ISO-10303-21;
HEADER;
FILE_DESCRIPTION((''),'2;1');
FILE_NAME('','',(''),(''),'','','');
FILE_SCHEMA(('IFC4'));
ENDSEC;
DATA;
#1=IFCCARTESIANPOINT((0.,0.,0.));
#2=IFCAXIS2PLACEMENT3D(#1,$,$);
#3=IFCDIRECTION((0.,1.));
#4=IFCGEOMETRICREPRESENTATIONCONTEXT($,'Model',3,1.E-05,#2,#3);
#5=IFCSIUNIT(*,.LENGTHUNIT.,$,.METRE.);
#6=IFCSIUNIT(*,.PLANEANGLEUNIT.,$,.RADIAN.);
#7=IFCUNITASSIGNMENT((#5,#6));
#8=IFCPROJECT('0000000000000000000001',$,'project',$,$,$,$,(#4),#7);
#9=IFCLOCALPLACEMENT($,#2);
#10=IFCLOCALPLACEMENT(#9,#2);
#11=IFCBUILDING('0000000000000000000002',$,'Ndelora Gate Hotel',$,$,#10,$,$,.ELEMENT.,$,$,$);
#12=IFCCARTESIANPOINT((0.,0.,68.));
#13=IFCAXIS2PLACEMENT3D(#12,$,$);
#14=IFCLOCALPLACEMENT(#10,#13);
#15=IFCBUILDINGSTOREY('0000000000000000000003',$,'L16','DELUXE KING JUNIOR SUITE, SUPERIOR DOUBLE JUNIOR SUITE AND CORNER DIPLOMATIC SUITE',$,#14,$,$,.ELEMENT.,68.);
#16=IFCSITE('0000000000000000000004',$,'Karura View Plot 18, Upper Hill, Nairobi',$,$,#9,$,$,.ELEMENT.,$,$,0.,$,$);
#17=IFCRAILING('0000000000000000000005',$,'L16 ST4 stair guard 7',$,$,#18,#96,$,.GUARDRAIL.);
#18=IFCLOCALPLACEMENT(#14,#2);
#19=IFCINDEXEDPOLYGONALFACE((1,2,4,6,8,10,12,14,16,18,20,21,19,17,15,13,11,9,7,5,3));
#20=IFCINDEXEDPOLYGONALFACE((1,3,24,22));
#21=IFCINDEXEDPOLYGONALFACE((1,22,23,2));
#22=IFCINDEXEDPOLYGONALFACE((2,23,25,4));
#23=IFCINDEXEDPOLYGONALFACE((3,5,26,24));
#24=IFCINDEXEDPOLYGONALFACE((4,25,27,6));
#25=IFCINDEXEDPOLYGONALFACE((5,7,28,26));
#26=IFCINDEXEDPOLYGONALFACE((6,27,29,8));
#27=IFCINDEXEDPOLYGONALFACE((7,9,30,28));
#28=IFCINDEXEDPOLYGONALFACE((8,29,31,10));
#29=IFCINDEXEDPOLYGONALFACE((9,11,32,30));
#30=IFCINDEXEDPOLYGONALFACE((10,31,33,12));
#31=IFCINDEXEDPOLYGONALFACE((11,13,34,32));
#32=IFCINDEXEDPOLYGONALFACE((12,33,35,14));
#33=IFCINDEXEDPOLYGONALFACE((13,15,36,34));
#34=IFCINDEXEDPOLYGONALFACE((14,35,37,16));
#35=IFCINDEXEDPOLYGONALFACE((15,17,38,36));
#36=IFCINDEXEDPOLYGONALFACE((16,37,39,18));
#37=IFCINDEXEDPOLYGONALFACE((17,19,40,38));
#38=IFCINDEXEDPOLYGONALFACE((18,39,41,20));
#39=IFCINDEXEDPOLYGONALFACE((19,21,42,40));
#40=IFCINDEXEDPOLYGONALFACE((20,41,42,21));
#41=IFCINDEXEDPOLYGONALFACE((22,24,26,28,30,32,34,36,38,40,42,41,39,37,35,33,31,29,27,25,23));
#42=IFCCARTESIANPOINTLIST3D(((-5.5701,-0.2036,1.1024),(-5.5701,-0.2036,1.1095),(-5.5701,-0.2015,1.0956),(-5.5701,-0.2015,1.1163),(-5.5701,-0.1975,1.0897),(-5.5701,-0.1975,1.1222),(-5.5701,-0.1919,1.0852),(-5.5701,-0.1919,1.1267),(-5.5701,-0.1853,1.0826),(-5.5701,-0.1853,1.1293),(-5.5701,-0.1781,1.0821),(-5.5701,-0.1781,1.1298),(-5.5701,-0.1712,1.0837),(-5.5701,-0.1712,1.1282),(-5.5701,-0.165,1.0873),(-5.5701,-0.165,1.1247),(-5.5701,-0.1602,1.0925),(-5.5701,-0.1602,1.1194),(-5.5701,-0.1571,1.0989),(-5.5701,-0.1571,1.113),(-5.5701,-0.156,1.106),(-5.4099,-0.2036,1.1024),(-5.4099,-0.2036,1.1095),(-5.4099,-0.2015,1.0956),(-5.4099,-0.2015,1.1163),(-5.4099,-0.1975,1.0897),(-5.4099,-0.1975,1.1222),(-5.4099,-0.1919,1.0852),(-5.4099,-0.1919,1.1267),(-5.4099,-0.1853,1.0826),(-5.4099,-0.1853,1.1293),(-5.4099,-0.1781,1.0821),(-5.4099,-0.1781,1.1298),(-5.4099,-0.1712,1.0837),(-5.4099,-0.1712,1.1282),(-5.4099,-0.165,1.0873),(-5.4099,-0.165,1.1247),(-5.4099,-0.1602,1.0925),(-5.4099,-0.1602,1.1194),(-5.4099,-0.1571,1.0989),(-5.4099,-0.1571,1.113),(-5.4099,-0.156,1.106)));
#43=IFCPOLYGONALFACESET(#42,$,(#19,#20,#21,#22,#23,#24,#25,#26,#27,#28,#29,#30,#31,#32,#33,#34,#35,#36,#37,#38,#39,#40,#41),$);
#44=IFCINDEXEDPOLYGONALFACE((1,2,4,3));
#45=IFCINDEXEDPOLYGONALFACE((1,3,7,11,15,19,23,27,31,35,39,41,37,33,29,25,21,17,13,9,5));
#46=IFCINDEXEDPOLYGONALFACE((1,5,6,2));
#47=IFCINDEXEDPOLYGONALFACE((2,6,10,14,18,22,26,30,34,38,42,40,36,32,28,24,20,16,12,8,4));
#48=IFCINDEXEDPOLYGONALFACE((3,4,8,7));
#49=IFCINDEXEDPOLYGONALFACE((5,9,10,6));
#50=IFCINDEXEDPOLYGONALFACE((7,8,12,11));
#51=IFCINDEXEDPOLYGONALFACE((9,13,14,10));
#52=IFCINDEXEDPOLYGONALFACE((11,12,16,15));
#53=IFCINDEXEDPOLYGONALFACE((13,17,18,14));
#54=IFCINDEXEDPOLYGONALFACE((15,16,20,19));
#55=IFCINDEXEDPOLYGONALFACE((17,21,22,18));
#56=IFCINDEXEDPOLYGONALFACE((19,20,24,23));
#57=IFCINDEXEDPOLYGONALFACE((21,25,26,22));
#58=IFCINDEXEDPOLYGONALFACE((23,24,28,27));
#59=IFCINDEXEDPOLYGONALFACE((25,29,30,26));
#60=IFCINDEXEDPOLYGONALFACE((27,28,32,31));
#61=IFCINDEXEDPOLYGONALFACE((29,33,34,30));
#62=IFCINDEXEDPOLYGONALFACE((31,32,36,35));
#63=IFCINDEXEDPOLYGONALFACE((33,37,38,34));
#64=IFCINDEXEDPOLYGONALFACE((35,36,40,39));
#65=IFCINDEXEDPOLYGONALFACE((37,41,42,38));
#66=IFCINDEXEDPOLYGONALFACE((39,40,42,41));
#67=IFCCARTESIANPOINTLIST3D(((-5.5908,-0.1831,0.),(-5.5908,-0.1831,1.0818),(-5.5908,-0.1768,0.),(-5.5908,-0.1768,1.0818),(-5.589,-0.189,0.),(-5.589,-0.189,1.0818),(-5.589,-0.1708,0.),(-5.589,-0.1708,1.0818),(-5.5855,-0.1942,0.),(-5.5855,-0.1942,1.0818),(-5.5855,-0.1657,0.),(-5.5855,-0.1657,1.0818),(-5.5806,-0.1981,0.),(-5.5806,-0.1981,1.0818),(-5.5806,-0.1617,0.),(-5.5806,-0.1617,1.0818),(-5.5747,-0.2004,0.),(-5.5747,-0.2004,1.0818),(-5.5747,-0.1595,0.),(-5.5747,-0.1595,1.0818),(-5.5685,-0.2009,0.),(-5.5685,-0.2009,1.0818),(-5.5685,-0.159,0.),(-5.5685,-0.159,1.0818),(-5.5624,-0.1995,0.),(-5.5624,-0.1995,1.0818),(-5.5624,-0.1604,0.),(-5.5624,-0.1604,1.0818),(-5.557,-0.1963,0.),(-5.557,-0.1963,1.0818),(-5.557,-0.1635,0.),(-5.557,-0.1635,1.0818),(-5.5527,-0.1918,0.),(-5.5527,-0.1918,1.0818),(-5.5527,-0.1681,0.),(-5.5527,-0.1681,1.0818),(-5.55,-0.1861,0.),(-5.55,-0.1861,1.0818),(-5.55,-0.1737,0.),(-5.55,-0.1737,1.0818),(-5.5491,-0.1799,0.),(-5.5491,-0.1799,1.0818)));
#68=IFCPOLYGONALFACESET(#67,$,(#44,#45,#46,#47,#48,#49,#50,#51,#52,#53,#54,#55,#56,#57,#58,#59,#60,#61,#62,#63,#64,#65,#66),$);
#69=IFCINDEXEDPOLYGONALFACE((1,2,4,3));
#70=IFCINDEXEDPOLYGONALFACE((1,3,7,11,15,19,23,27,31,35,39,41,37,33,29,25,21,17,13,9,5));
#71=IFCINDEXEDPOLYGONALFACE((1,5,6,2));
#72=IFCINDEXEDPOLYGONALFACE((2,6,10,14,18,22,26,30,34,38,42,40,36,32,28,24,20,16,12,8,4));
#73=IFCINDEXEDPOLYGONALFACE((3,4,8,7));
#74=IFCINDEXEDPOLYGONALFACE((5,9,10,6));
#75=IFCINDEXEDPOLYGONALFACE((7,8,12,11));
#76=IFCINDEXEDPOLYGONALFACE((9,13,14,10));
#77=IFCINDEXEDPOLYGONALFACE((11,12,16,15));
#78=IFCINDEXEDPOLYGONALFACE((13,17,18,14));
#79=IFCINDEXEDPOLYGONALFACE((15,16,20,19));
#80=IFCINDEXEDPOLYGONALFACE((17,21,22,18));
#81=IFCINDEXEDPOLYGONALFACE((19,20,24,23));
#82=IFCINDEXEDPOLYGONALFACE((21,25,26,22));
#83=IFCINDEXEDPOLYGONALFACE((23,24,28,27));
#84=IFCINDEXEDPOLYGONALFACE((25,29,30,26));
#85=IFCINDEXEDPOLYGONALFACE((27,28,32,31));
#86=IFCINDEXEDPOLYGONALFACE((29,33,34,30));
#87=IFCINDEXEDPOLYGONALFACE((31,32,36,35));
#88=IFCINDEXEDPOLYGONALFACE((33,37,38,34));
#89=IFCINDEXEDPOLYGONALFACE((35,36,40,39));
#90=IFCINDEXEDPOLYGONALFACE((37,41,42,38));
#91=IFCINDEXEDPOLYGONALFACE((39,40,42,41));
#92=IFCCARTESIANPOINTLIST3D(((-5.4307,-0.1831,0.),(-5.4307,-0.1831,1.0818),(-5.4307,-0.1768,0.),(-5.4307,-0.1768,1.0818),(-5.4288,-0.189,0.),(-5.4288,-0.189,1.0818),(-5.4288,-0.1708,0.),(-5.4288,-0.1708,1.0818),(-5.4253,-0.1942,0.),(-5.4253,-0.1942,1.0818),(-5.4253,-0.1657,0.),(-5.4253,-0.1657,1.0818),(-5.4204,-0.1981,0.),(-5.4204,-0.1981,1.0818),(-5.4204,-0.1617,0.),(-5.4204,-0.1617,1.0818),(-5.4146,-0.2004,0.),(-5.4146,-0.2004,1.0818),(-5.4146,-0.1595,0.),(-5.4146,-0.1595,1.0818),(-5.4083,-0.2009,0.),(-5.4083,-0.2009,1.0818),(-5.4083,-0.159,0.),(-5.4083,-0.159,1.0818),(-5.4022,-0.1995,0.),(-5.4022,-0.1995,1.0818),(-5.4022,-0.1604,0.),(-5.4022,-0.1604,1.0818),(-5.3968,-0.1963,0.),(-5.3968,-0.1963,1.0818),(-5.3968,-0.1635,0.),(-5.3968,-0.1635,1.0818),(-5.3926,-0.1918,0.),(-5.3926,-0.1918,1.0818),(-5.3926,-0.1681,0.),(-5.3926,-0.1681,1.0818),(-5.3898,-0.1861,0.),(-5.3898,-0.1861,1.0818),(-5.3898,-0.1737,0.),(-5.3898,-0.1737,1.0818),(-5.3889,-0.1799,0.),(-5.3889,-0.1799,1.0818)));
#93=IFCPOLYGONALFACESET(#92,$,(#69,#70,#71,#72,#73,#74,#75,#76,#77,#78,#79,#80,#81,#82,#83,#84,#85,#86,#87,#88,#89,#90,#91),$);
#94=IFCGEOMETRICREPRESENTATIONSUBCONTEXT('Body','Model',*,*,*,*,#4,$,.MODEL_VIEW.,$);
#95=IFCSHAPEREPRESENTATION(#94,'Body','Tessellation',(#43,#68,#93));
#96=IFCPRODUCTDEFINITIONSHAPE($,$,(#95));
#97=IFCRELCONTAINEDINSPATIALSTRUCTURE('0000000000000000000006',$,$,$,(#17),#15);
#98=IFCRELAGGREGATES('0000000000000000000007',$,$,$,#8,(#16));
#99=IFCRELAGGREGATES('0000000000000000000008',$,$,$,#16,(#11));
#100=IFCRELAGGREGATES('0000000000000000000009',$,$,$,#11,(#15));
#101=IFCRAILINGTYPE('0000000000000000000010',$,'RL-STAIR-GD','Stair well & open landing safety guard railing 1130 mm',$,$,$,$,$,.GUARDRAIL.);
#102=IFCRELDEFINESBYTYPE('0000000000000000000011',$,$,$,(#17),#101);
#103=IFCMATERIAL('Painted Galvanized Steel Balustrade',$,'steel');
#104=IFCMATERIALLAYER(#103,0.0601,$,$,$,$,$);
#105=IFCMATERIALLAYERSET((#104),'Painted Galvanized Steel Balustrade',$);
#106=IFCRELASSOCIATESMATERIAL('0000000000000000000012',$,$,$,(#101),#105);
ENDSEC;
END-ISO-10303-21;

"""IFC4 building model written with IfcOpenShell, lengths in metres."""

from ifc_helpers import new_model, si_unit, direction, frame, origin, origin_2d, place, context, subcontext, project, spatial, circle, extrude, material, layer, layer_set, type_object, element, save


model = new_model("IFC4")

# Units and contexts
model_context = context("Model", 3, precision=1e-05, world=origin(), true_north=direction((0.0, 1.0)))
body_context = subcontext(model_context, "Body", "Model", "MODEL_VIEW")
ifc_project = project(units=[si_unit("LENGTHUNIT", "METRE"), si_unit("PLANEANGLEUNIT", "RADIAN")], contexts=[model_context])

# Site, building, storey
site_placement = place(None, origin())
site = spatial("IfcSite", under=ifc_project, at=site_placement, Name="Karura View Plot 18, Upper Hill, Nairobi", CompositionType="ELEMENT", RefElevation=0.0)
building_placement = place(site_placement, origin())
building = spatial("IfcBuilding", under=site, at=building_placement, Name="Ndelora Gate Hotel", CompositionType="ELEMENT")
storey_placement = place(building_placement, frame((0.0, 0.0, 68.0)))
storey = spatial("IfcBuildingStorey", under=building, at=storey_placement, Name="L16", Description="DELUXE KING JUNIOR SUITE, SUPERIOR DOUBLE JUNIOR SUITE AND CORNER DIPLOMATIC SUITE", CompositionType="ELEMENT", Elevation=68.0)

# Railing
ifc_material_1 = material(Name="Painted Galvanized Steel Balustrade", Category="steel")
ifc_layer_1 = layer(ifc_material_1, 0.0601)
ifc_layer_set_1 = layer_set([ifc_layer_1], Name="Painted Galvanized Steel Balustrade")
railing_type_1 = type_object("IfcRailingType", Name="RL-STAIR-GD", Description="Stair well & open landing safety guard railing 1130 mm", PredefinedType="GUARDRAIL", material=ifc_layer_set_1)
railing_1_placement = place(storey_placement, frame((-5.5701, -0.1799, 0.0)))
element("IfcRailing", 1, at=railing_1_placement, inside=storey, type_object=railing_type_1, Name="L16 ST4 stair guard 7", PredefinedType="GUARDRAIL", context=body_context, shape_type="SweptSolid", body=[
    extrude(circle(Radius=0.0239, at=origin_2d()), frame((0.0, 0.0, 1.106), z_axis=(1.0, 0.0, 0.0), x_axis=(0.0, 1.0, 0.0)), (0.0, 0.0, 1.0), 0.1602),
    extrude(circle(Radius=0.021, at=origin_2d()), origin(), (0.0, 0.0, 1.0), 1.0818),
    extrude(circle(Radius=0.021, at=origin_2d()), frame((0.1602, 0.0, 0.0)), (0.0, 0.0, 1.0), 1.0818),
])

save(model, "model.ifc")
